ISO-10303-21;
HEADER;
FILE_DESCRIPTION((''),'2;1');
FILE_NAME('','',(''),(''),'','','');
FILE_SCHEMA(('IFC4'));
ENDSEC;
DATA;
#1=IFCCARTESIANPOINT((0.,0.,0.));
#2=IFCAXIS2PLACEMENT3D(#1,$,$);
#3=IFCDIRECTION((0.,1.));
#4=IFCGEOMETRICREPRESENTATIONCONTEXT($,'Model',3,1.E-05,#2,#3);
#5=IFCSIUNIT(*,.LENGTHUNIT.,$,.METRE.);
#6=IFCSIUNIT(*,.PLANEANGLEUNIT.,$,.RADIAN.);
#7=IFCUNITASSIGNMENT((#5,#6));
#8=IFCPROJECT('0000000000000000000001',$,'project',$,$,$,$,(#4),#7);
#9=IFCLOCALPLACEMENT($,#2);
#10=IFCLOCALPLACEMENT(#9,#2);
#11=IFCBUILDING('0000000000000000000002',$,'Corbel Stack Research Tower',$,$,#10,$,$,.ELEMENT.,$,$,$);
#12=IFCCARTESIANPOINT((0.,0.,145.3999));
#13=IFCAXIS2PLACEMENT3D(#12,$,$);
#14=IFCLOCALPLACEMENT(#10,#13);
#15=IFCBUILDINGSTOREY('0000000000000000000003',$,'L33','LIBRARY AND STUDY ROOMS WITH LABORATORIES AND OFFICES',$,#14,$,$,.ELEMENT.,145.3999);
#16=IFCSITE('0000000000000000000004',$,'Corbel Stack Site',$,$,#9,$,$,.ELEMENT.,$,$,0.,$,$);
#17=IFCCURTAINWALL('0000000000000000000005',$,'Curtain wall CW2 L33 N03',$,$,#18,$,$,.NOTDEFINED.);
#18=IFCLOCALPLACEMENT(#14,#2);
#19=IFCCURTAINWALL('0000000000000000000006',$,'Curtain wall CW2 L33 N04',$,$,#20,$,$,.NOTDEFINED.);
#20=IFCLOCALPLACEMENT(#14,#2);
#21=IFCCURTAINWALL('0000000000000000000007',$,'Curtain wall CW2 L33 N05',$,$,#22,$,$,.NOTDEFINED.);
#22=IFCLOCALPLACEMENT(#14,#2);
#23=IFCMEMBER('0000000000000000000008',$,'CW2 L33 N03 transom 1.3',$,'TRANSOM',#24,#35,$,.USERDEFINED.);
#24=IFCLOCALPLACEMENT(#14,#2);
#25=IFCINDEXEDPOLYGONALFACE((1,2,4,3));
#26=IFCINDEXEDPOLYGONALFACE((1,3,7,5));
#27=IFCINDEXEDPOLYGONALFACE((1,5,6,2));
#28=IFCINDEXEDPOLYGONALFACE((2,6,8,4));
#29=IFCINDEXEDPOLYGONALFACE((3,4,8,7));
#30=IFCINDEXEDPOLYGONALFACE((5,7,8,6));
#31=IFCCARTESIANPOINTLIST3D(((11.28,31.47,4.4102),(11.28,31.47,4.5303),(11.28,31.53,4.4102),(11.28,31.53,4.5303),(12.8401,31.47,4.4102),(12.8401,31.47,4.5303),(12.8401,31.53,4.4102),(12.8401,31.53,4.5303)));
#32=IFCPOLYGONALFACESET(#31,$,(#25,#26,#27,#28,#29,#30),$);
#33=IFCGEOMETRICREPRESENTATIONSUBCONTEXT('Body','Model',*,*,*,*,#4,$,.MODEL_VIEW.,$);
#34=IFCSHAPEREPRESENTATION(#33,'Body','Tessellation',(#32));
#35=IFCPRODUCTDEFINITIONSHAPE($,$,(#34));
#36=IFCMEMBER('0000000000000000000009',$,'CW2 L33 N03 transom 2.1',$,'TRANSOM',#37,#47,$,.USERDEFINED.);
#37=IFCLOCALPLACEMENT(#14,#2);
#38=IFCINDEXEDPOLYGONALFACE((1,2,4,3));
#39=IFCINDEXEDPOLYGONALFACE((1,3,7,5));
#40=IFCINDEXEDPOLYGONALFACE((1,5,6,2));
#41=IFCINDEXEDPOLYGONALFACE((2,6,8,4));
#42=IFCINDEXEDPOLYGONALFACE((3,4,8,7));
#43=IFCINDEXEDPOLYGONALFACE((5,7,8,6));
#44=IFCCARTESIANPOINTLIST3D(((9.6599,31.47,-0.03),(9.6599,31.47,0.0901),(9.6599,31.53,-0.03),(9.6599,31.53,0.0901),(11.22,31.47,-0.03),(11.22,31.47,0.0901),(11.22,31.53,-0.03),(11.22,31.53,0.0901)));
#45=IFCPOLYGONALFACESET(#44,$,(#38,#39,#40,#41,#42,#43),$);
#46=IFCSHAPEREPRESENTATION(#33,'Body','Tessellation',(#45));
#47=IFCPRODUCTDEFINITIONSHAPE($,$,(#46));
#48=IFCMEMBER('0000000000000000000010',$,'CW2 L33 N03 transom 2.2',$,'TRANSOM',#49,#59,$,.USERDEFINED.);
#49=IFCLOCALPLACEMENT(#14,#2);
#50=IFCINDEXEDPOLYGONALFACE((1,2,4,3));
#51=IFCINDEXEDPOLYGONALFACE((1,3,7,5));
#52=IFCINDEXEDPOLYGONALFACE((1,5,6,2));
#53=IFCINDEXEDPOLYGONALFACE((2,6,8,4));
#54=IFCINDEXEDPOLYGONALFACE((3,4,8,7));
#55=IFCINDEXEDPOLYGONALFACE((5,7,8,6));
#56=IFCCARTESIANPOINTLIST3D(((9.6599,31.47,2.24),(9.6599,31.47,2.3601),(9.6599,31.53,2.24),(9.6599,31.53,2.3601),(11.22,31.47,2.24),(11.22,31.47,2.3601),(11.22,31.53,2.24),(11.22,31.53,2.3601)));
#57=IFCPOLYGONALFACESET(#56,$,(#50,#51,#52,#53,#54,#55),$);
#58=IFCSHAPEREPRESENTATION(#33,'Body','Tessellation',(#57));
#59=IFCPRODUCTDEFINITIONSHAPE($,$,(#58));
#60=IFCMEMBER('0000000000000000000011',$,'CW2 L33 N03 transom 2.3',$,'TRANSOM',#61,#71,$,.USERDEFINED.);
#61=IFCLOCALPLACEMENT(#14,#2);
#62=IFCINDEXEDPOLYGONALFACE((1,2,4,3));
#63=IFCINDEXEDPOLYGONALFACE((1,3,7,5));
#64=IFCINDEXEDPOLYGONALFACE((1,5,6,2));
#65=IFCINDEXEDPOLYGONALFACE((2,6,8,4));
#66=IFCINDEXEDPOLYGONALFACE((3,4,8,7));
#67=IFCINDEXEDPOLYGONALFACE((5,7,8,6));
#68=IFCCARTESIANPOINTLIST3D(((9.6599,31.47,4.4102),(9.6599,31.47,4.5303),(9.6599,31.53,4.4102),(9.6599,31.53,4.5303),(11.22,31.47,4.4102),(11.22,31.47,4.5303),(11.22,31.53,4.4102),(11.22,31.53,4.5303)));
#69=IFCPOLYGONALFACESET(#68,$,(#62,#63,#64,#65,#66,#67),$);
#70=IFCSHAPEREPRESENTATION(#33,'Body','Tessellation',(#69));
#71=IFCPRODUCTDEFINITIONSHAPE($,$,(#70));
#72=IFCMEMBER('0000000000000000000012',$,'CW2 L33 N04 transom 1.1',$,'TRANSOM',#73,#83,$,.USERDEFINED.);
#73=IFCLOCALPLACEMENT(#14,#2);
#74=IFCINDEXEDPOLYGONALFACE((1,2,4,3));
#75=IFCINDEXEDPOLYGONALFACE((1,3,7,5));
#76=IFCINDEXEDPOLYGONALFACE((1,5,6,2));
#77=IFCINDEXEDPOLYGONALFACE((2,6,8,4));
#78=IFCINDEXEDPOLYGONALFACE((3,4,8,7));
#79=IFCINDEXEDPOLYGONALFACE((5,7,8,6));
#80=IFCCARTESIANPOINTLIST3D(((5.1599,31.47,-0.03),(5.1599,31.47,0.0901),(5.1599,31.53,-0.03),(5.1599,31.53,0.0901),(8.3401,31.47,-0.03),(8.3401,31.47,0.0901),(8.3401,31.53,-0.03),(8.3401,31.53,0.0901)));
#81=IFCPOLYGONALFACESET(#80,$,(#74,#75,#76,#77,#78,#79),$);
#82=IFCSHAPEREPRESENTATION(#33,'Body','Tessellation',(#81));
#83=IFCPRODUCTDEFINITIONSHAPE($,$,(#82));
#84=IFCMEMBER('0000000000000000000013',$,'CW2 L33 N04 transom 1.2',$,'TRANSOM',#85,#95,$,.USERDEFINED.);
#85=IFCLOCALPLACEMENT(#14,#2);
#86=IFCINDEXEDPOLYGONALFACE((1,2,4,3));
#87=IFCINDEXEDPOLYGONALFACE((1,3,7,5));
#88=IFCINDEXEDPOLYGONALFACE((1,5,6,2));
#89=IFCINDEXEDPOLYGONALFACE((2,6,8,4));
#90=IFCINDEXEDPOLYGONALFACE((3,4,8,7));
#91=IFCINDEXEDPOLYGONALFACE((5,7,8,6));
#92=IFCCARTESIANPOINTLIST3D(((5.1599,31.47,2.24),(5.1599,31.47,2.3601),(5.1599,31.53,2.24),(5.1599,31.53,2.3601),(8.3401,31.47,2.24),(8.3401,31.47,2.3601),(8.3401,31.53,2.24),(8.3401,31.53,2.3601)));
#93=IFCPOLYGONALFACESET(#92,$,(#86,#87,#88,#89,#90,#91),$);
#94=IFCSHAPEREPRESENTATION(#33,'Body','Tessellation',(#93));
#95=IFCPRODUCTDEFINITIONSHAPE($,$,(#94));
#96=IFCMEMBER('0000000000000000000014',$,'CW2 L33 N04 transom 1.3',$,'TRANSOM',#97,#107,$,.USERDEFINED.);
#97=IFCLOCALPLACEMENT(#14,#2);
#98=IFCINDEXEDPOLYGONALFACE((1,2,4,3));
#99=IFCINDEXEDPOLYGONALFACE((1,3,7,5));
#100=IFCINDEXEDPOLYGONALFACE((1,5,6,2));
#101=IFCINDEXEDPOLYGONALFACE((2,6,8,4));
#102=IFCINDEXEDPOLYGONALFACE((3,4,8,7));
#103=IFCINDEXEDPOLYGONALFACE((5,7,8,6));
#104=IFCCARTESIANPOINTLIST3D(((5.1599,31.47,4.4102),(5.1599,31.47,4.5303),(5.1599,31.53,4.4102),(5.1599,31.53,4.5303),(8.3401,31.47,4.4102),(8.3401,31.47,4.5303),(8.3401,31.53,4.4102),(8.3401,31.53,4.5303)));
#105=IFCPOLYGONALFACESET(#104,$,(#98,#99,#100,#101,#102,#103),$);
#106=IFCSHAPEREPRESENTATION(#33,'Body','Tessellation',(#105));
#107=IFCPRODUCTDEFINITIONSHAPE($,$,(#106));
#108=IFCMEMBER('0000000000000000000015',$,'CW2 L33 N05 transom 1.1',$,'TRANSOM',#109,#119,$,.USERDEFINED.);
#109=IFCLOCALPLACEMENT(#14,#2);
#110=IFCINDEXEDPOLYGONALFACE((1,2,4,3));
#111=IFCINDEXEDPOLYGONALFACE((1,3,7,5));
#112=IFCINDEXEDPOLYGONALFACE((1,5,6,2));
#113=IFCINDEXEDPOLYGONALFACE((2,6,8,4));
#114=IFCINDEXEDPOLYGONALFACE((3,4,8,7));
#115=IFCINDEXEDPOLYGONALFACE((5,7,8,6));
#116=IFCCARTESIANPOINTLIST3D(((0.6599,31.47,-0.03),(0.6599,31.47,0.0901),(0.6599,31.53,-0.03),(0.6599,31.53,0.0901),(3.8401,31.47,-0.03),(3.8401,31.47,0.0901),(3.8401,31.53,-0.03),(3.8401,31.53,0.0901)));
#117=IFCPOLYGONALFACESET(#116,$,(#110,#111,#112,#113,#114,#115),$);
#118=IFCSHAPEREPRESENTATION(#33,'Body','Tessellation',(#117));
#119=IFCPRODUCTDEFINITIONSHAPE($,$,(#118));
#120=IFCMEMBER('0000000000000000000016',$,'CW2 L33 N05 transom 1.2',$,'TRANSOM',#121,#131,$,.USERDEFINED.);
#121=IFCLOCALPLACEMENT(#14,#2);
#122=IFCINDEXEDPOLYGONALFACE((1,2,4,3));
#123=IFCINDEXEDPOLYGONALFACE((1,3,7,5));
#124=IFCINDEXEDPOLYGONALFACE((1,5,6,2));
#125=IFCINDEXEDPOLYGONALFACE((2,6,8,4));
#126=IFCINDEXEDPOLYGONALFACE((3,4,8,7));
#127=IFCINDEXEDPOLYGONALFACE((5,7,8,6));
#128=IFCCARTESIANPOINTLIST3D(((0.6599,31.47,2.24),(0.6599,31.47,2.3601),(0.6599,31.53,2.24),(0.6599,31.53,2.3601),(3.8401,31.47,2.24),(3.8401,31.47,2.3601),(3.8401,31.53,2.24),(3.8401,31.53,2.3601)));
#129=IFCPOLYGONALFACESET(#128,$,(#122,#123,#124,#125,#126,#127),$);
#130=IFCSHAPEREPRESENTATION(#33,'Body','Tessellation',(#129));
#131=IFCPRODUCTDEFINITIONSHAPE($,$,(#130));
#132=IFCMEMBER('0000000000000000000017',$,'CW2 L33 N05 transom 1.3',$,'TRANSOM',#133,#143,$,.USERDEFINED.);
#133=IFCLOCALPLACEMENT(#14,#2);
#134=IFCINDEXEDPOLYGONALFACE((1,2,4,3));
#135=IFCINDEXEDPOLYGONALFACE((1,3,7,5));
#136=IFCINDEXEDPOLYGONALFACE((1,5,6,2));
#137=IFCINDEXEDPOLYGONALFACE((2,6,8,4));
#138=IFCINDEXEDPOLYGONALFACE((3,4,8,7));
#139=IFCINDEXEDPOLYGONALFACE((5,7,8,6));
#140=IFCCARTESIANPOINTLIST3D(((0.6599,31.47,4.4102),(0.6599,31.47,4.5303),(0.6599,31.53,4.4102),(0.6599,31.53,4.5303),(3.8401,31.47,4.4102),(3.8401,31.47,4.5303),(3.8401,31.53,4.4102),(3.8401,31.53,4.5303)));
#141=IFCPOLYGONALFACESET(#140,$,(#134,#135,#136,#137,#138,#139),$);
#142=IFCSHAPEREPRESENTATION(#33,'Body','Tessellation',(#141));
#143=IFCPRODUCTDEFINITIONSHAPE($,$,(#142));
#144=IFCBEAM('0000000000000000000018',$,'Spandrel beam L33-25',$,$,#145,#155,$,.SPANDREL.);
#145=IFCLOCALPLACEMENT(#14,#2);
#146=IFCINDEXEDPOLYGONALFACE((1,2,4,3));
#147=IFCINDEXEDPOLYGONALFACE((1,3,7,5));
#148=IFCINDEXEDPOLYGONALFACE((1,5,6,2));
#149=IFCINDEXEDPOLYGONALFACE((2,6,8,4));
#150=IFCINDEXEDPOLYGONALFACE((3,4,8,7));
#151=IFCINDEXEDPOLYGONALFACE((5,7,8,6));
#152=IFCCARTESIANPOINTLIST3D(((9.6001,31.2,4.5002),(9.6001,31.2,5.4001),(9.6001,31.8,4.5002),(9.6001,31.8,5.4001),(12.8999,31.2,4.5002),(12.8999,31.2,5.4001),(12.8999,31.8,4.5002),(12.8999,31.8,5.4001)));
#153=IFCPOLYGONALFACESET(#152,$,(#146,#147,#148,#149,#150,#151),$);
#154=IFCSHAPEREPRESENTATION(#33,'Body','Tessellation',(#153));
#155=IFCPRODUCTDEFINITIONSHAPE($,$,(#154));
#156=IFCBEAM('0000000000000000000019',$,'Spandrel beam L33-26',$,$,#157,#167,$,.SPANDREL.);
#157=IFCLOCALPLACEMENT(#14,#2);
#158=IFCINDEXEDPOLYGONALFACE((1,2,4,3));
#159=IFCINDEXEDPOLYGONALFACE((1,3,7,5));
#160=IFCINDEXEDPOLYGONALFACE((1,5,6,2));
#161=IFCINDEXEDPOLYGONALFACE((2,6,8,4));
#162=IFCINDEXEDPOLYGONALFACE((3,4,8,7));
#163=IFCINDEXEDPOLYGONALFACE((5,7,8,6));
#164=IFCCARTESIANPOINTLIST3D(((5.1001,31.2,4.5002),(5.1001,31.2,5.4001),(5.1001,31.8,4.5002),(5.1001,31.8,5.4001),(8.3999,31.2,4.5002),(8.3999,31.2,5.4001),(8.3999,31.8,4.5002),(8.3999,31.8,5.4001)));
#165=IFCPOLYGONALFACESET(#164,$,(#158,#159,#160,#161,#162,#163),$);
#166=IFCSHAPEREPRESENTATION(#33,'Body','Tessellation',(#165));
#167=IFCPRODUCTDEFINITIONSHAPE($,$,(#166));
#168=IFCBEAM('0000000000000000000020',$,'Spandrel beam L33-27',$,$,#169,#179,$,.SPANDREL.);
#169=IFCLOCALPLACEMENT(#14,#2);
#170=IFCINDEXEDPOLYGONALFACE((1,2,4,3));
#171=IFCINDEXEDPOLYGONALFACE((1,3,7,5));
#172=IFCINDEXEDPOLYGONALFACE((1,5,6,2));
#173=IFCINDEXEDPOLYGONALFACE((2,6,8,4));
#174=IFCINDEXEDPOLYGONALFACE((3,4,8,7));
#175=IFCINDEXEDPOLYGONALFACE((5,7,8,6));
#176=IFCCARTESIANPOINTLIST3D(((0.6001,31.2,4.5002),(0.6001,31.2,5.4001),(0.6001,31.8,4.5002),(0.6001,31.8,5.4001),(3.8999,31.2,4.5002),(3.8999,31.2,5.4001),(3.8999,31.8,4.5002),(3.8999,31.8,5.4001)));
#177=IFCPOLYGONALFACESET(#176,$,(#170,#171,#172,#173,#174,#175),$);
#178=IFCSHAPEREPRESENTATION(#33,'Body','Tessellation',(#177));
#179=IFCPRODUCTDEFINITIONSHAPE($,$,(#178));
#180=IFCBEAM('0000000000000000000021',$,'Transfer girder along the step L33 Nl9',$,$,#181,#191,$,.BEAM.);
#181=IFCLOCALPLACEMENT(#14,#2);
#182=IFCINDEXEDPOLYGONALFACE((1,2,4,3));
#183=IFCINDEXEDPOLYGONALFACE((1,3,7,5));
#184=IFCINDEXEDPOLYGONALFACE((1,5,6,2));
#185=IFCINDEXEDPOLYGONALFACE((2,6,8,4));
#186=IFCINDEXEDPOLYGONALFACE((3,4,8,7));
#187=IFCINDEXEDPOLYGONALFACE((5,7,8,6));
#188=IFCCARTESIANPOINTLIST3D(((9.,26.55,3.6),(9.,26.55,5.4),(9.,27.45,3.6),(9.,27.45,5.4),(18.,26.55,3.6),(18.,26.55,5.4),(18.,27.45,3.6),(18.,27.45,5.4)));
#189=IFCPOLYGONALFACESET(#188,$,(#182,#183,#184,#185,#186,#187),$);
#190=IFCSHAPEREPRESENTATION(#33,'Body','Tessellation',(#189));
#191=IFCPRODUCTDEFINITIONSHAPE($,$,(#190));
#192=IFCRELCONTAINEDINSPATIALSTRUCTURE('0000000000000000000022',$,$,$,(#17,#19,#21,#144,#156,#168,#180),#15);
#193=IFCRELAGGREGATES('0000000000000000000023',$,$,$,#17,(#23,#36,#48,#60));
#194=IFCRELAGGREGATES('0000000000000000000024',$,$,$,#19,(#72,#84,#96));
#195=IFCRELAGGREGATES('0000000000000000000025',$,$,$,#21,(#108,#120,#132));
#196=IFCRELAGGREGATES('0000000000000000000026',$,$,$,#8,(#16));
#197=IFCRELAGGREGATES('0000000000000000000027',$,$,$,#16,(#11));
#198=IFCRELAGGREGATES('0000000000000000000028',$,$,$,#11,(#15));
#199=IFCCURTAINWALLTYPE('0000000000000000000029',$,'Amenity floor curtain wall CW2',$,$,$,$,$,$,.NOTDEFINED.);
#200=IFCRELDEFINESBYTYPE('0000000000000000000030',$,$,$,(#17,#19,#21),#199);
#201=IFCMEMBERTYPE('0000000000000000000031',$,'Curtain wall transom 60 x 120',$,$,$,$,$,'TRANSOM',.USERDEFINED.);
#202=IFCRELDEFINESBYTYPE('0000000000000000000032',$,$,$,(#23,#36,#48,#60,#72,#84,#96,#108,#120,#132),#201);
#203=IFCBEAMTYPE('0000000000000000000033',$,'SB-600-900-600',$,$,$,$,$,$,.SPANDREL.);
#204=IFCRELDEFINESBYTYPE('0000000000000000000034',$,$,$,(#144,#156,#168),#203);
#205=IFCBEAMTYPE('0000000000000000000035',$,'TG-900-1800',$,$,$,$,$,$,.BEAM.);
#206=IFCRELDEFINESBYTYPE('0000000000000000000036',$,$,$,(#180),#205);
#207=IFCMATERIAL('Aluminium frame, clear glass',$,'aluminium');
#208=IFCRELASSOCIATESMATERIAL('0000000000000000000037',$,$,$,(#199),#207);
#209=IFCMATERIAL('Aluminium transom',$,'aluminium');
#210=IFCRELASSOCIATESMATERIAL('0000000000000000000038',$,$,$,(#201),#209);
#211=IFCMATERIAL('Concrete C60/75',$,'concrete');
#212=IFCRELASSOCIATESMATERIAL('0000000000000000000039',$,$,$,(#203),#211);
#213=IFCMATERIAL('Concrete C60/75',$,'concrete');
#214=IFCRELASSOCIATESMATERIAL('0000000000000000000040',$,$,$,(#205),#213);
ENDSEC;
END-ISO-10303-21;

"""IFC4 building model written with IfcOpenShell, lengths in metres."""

from ifc_helpers import new_model, si_unit, direction, frame, origin, origin_2d, place, context, subcontext, project, spatial, rectangle, extrude, material, material_profile, profile_set, type_object, element, aggregate, save


model = new_model("IFC4")

# Units and contexts
model_context = context("Model", 3, precision=1e-05, world=origin(), true_north=direction((0.0, 1.0)))
body_context = subcontext(model_context, "Body", "Model", "MODEL_VIEW")
ifc_project = project(units=[si_unit("LENGTHUNIT", "METRE"), si_unit("PLANEANGLEUNIT", "RADIAN")], contexts=[model_context])

# Site, building, storey
site_placement = place(None, origin())
site = spatial("IfcSite", under=ifc_project, at=site_placement, Name="Corbel Stack Site", CompositionType="ELEMENT", RefElevation=0.0)
building_placement = place(site_placement, origin())
building = spatial("IfcBuilding", under=site, at=building_placement, Name="Corbel Stack Research Tower", CompositionType="ELEMENT")
storey_placement = place(building_placement, frame((0.0, 0.0, 145.3999)))
storey = spatial("IfcBuildingStorey", under=building, at=storey_placement, Name="L33", Description="LIBRARY AND STUDY ROOMS WITH LABORATORIES AND OFFICES", CompositionType="ELEMENT", Elevation=145.3999)

# Curtain walls
ifc_material_1 = material(Name="Aluminium frame, clear glass", Category="aluminium")
curtain_wall_type = type_object("IfcCurtainWallType", Name="Amenity floor curtain wall CW2", PredefinedType="NOTDEFINED", material=ifc_material_1)
curtain_wall_1_placement = place(storey_placement, origin())
curtain_wall_1 = element("IfcCurtainWall", 1, at=curtain_wall_1_placement, inside=storey, type_object=curtain_wall_type, Name="Curtain wall CW2 L33 N03", PredefinedType="NOTDEFINED")
curtain_wall_2_placement = place(storey_placement, origin())
curtain_wall_2 = element("IfcCurtainWall", 2, at=curtain_wall_2_placement, inside=storey, type_object=curtain_wall_type, Name="Curtain wall CW2 L33 N04", PredefinedType="NOTDEFINED")
curtain_wall_3_placement = place(storey_placement, origin())
curtain_wall_3 = element("IfcCurtainWall", 3, at=curtain_wall_3_placement, inside=storey, type_object=curtain_wall_type, Name="Curtain wall CW2 L33 N05", PredefinedType="NOTDEFINED")

# Members
ifc_material_2 = material(Name="Aluminium transom", Category="aluminium")
ifc_material_profile_1 = material_profile(ifc_material_2, rectangle(XDim=0.0601, YDim=0.1201, at=origin_2d()), Name="Transom 60 x 120")
ifc_profile_set_1 = profile_set([ifc_material_profile_1], Name="Aluminium transom")
member_type_1 = type_object("IfcMemberType", Name="Curtain wall transom 60 x 120", ElementType="TRANSOM", PredefinedType="USERDEFINED", material=ifc_profile_set_1)
member_1_placement = place(storey_placement, frame((12.8401, 31.5, 4.4702), z_axis=(-1.0, 0.0, 0.0), x_axis=(0.0, -1.0, 0.0)))
member_1 = element("IfcMember", 4, at=member_1_placement, type_object=member_type_1, Name="CW2 L33 N03 transom 1.3", ObjectType="TRANSOM", PredefinedType="USERDEFINED", context=body_context, shape_type="SweptSolid", body=[
    extrude(rectangle(XDim=0.0601, YDim=0.1201, at=origin_2d()), origin(), (0.0, 0.0, 1.0), 1.5601),
])
member_2_placement = place(storey_placement, frame((11.22, 31.5, 0.03), z_axis=(-1.0, 0.0, 0.0), x_axis=(0.0, -1.0, 0.0)))
member_2 = element("IfcMember", 5, at=member_2_placement, type_object=member_type_1, Name="CW2 L33 N03 transom 2.1", ObjectType="TRANSOM", PredefinedType="USERDEFINED", context=body_context, shape_type="SweptSolid", body=[
    extrude(rectangle(XDim=0.0601, YDim=0.1201, at=origin_2d()), origin(), (0.0, 0.0, 1.0), 1.5601),
])
member_3_placement = place(storey_placement, frame((11.22, 31.5, 2.3), z_axis=(-1.0, 0.0, 0.0), x_axis=(0.0, -1.0, 0.0)))
member_3 = element("IfcMember", 6, at=member_3_placement, type_object=member_type_1, Name="CW2 L33 N03 transom 2.2", ObjectType="TRANSOM", PredefinedType="USERDEFINED", context=body_context, shape_type="SweptSolid", body=[
    extrude(rectangle(XDim=0.0601, YDim=0.1201, at=origin_2d()), origin(), (0.0, 0.0, 1.0), 1.5601),
])
member_4_placement = place(storey_placement, frame((11.22, 31.5, 4.4702), z_axis=(-1.0, 0.0, 0.0), x_axis=(0.0, -1.0, 0.0)))
member_4 = element("IfcMember", 7, at=member_4_placement, type_object=member_type_1, Name="CW2 L33 N03 transom 2.3", ObjectType="TRANSOM", PredefinedType="USERDEFINED", context=body_context, shape_type="SweptSolid", body=[
    extrude(rectangle(XDim=0.0601, YDim=0.1201, at=origin_2d()), origin(), (0.0, 0.0, 1.0), 1.5601),
])
member_5_placement = place(storey_placement, frame((8.3401, 31.5, 0.03), z_axis=(-1.0, 0.0, 0.0), x_axis=(0.0, -1.0, 0.0)))
member_5 = element("IfcMember", 8, at=member_5_placement, type_object=member_type_1, Name="CW2 L33 N04 transom 1.1", ObjectType="TRANSOM", PredefinedType="USERDEFINED", context=body_context, shape_type="SweptSolid", body=[
    extrude(rectangle(XDim=0.0601, YDim=0.1201, at=origin_2d()), origin(), (0.0, 0.0, 1.0), 3.1802),
])
member_6_placement = place(storey_placement, frame((8.3401, 31.5, 2.3), z_axis=(-1.0, 0.0, 0.0), x_axis=(0.0, -1.0, 0.0)))
member_6 = element("IfcMember", 9, at=member_6_placement, type_object=member_type_1, Name="CW2 L33 N04 transom 1.2", ObjectType="TRANSOM", PredefinedType="USERDEFINED", context=body_context, shape_type="SweptSolid", body=[
    extrude(rectangle(XDim=0.0601, YDim=0.1201, at=origin_2d()), origin(), (0.0, 0.0, 1.0), 3.1802),
])
member_7_placement = place(storey_placement, frame((8.3401, 31.5, 4.4702), z_axis=(-1.0, 0.0, 0.0), x_axis=(0.0, -1.0, 0.0)))
member_7 = element("IfcMember", 10, at=member_7_placement, type_object=member_type_1, Name="CW2 L33 N04 transom 1.3", ObjectType="TRANSOM", PredefinedType="USERDEFINED", context=body_context, shape_type="SweptSolid", body=[
    extrude(rectangle(XDim=0.0601, YDim=0.1201, at=origin_2d()), origin(), (0.0, 0.0, 1.0), 3.1802),
])
member_8_placement = place(storey_placement, frame((3.8401, 31.5, 0.03), z_axis=(-1.0, 0.0, 0.0), x_axis=(0.0, -1.0, 0.0)))
member_8 = element("IfcMember", 11, at=member_8_placement, type_object=member_type_1, Name="CW2 L33 N05 transom 1.1", ObjectType="TRANSOM", PredefinedType="USERDEFINED", context=body_context, shape_type="SweptSolid", body=[
    extrude(rectangle(XDim=0.0601, YDim=0.1201, at=origin_2d()), origin(), (0.0, 0.0, 1.0), 3.1802),
])
member_9_placement = place(storey_placement, frame((3.8401, 31.5, 2.3), z_axis=(-1.0, 0.0, 0.0), x_axis=(0.0, -1.0, 0.0)))
member_9 = element("IfcMember", 12, at=member_9_placement, type_object=member_type_1, Name="CW2 L33 N05 transom 1.2", ObjectType="TRANSOM", PredefinedType="USERDEFINED", context=body_context, shape_type="SweptSolid", body=[
    extrude(rectangle(XDim=0.0601, YDim=0.1201, at=origin_2d()), origin(), (0.0, 0.0, 1.0), 3.1802),
])
member_10_placement = place(storey_placement, frame((3.8401, 31.5, 4.4702), z_axis=(-1.0, 0.0, 0.0), x_axis=(0.0, -1.0, 0.0)))
member_10 = element("IfcMember", 13, at=member_10_placement, type_object=member_type_1, Name="CW2 L33 N05 transom 1.3", ObjectType="TRANSOM", PredefinedType="USERDEFINED", context=body_context, shape_type="SweptSolid", body=[
    extrude(rectangle(XDim=0.0601, YDim=0.1201, at=origin_2d()), origin(), (0.0, 0.0, 1.0), 3.1802),
])

# Beams
ifc_material_3 = material(Name="Concrete C60/75", Category="concrete")
ifc_material_profile_2 = material_profile(ifc_material_3, rectangle(XDim=0.6001, YDim=0.8999, at=origin_2d()), Name="RC 600 x 900")
ifc_profile_set_2 = profile_set([ifc_material_profile_2], Name="Concrete C60/75")
beam_type_1 = type_object("IfcBeamType", Name="SB-600-900-600", PredefinedType="SPANDREL", material=ifc_profile_set_2)
for number, where, z_axis, x_axis, name in (
    (14, (12.8999, 31.5, 4.9502), (-1.0, 0.0, 0.0), (0.0, -1.0, 0.0), "Spandrel beam L33-25"),
    (15, (8.3999, 31.5, 4.9502), (-1.0, 0.0, 0.0), (0.0, -1.0, 0.0), "Spandrel beam L33-26"),
    (16, (3.8999, 31.5, 4.9502), (-1.0, 0.0, 0.0), (0.0, -1.0, 0.0), "Spandrel beam L33-27"),
):
    element("IfcBeam", number, at=place(storey_placement, frame(where, z_axis=z_axis, x_axis=x_axis)), inside=storey, type_object=beam_type_1, Name=name, PredefinedType="SPANDREL", context=body_context, shape_type="SweptSolid", body=[
        extrude(rectangle(XDim=0.6001, YDim=0.8999, at=origin_2d()), origin(), (0.0, 0.0, 1.0), 3.2998),
    ])
ifc_material_4 = material(Name="Concrete C60/75", Category="concrete")
ifc_material_profile_3 = material_profile(ifc_material_4, rectangle(XDim=0.8999, YDim=1.8, at=origin_2d()), Name="RC 900 x 1800")
ifc_profile_set_3 = profile_set([ifc_material_profile_3], Name="Concrete C60/75")
beam_type_2 = type_object("IfcBeamType", Name="TG-900-1800", PredefinedType="BEAM", material=ifc_profile_set_3)
beam_placement = place(storey_placement, frame((9.0, 27.0, 4.5), z_axis=(1.0, 0.0, 0.0), x_axis=(0.0, 1.0, 0.0)))
element("IfcBeam", 17, at=beam_placement, inside=storey, type_object=beam_type_2, Name="Transfer girder along the step L33 Nl9", PredefinedType="BEAM", context=body_context, shape_type="SweptSolid", body=[
    extrude(rectangle(XDim=0.8999, YDim=1.8, at=origin_2d()), origin(), (0.0, 0.0, 1.0), 9.0),
])

aggregate(curtain_wall_1, [member_1, member_2, member_3, member_4])
aggregate(curtain_wall_2, [member_5, member_6, member_7])
aggregate(curtain_wall_3, [member_8, member_9, member_10])

save(model, "model.ifc")
